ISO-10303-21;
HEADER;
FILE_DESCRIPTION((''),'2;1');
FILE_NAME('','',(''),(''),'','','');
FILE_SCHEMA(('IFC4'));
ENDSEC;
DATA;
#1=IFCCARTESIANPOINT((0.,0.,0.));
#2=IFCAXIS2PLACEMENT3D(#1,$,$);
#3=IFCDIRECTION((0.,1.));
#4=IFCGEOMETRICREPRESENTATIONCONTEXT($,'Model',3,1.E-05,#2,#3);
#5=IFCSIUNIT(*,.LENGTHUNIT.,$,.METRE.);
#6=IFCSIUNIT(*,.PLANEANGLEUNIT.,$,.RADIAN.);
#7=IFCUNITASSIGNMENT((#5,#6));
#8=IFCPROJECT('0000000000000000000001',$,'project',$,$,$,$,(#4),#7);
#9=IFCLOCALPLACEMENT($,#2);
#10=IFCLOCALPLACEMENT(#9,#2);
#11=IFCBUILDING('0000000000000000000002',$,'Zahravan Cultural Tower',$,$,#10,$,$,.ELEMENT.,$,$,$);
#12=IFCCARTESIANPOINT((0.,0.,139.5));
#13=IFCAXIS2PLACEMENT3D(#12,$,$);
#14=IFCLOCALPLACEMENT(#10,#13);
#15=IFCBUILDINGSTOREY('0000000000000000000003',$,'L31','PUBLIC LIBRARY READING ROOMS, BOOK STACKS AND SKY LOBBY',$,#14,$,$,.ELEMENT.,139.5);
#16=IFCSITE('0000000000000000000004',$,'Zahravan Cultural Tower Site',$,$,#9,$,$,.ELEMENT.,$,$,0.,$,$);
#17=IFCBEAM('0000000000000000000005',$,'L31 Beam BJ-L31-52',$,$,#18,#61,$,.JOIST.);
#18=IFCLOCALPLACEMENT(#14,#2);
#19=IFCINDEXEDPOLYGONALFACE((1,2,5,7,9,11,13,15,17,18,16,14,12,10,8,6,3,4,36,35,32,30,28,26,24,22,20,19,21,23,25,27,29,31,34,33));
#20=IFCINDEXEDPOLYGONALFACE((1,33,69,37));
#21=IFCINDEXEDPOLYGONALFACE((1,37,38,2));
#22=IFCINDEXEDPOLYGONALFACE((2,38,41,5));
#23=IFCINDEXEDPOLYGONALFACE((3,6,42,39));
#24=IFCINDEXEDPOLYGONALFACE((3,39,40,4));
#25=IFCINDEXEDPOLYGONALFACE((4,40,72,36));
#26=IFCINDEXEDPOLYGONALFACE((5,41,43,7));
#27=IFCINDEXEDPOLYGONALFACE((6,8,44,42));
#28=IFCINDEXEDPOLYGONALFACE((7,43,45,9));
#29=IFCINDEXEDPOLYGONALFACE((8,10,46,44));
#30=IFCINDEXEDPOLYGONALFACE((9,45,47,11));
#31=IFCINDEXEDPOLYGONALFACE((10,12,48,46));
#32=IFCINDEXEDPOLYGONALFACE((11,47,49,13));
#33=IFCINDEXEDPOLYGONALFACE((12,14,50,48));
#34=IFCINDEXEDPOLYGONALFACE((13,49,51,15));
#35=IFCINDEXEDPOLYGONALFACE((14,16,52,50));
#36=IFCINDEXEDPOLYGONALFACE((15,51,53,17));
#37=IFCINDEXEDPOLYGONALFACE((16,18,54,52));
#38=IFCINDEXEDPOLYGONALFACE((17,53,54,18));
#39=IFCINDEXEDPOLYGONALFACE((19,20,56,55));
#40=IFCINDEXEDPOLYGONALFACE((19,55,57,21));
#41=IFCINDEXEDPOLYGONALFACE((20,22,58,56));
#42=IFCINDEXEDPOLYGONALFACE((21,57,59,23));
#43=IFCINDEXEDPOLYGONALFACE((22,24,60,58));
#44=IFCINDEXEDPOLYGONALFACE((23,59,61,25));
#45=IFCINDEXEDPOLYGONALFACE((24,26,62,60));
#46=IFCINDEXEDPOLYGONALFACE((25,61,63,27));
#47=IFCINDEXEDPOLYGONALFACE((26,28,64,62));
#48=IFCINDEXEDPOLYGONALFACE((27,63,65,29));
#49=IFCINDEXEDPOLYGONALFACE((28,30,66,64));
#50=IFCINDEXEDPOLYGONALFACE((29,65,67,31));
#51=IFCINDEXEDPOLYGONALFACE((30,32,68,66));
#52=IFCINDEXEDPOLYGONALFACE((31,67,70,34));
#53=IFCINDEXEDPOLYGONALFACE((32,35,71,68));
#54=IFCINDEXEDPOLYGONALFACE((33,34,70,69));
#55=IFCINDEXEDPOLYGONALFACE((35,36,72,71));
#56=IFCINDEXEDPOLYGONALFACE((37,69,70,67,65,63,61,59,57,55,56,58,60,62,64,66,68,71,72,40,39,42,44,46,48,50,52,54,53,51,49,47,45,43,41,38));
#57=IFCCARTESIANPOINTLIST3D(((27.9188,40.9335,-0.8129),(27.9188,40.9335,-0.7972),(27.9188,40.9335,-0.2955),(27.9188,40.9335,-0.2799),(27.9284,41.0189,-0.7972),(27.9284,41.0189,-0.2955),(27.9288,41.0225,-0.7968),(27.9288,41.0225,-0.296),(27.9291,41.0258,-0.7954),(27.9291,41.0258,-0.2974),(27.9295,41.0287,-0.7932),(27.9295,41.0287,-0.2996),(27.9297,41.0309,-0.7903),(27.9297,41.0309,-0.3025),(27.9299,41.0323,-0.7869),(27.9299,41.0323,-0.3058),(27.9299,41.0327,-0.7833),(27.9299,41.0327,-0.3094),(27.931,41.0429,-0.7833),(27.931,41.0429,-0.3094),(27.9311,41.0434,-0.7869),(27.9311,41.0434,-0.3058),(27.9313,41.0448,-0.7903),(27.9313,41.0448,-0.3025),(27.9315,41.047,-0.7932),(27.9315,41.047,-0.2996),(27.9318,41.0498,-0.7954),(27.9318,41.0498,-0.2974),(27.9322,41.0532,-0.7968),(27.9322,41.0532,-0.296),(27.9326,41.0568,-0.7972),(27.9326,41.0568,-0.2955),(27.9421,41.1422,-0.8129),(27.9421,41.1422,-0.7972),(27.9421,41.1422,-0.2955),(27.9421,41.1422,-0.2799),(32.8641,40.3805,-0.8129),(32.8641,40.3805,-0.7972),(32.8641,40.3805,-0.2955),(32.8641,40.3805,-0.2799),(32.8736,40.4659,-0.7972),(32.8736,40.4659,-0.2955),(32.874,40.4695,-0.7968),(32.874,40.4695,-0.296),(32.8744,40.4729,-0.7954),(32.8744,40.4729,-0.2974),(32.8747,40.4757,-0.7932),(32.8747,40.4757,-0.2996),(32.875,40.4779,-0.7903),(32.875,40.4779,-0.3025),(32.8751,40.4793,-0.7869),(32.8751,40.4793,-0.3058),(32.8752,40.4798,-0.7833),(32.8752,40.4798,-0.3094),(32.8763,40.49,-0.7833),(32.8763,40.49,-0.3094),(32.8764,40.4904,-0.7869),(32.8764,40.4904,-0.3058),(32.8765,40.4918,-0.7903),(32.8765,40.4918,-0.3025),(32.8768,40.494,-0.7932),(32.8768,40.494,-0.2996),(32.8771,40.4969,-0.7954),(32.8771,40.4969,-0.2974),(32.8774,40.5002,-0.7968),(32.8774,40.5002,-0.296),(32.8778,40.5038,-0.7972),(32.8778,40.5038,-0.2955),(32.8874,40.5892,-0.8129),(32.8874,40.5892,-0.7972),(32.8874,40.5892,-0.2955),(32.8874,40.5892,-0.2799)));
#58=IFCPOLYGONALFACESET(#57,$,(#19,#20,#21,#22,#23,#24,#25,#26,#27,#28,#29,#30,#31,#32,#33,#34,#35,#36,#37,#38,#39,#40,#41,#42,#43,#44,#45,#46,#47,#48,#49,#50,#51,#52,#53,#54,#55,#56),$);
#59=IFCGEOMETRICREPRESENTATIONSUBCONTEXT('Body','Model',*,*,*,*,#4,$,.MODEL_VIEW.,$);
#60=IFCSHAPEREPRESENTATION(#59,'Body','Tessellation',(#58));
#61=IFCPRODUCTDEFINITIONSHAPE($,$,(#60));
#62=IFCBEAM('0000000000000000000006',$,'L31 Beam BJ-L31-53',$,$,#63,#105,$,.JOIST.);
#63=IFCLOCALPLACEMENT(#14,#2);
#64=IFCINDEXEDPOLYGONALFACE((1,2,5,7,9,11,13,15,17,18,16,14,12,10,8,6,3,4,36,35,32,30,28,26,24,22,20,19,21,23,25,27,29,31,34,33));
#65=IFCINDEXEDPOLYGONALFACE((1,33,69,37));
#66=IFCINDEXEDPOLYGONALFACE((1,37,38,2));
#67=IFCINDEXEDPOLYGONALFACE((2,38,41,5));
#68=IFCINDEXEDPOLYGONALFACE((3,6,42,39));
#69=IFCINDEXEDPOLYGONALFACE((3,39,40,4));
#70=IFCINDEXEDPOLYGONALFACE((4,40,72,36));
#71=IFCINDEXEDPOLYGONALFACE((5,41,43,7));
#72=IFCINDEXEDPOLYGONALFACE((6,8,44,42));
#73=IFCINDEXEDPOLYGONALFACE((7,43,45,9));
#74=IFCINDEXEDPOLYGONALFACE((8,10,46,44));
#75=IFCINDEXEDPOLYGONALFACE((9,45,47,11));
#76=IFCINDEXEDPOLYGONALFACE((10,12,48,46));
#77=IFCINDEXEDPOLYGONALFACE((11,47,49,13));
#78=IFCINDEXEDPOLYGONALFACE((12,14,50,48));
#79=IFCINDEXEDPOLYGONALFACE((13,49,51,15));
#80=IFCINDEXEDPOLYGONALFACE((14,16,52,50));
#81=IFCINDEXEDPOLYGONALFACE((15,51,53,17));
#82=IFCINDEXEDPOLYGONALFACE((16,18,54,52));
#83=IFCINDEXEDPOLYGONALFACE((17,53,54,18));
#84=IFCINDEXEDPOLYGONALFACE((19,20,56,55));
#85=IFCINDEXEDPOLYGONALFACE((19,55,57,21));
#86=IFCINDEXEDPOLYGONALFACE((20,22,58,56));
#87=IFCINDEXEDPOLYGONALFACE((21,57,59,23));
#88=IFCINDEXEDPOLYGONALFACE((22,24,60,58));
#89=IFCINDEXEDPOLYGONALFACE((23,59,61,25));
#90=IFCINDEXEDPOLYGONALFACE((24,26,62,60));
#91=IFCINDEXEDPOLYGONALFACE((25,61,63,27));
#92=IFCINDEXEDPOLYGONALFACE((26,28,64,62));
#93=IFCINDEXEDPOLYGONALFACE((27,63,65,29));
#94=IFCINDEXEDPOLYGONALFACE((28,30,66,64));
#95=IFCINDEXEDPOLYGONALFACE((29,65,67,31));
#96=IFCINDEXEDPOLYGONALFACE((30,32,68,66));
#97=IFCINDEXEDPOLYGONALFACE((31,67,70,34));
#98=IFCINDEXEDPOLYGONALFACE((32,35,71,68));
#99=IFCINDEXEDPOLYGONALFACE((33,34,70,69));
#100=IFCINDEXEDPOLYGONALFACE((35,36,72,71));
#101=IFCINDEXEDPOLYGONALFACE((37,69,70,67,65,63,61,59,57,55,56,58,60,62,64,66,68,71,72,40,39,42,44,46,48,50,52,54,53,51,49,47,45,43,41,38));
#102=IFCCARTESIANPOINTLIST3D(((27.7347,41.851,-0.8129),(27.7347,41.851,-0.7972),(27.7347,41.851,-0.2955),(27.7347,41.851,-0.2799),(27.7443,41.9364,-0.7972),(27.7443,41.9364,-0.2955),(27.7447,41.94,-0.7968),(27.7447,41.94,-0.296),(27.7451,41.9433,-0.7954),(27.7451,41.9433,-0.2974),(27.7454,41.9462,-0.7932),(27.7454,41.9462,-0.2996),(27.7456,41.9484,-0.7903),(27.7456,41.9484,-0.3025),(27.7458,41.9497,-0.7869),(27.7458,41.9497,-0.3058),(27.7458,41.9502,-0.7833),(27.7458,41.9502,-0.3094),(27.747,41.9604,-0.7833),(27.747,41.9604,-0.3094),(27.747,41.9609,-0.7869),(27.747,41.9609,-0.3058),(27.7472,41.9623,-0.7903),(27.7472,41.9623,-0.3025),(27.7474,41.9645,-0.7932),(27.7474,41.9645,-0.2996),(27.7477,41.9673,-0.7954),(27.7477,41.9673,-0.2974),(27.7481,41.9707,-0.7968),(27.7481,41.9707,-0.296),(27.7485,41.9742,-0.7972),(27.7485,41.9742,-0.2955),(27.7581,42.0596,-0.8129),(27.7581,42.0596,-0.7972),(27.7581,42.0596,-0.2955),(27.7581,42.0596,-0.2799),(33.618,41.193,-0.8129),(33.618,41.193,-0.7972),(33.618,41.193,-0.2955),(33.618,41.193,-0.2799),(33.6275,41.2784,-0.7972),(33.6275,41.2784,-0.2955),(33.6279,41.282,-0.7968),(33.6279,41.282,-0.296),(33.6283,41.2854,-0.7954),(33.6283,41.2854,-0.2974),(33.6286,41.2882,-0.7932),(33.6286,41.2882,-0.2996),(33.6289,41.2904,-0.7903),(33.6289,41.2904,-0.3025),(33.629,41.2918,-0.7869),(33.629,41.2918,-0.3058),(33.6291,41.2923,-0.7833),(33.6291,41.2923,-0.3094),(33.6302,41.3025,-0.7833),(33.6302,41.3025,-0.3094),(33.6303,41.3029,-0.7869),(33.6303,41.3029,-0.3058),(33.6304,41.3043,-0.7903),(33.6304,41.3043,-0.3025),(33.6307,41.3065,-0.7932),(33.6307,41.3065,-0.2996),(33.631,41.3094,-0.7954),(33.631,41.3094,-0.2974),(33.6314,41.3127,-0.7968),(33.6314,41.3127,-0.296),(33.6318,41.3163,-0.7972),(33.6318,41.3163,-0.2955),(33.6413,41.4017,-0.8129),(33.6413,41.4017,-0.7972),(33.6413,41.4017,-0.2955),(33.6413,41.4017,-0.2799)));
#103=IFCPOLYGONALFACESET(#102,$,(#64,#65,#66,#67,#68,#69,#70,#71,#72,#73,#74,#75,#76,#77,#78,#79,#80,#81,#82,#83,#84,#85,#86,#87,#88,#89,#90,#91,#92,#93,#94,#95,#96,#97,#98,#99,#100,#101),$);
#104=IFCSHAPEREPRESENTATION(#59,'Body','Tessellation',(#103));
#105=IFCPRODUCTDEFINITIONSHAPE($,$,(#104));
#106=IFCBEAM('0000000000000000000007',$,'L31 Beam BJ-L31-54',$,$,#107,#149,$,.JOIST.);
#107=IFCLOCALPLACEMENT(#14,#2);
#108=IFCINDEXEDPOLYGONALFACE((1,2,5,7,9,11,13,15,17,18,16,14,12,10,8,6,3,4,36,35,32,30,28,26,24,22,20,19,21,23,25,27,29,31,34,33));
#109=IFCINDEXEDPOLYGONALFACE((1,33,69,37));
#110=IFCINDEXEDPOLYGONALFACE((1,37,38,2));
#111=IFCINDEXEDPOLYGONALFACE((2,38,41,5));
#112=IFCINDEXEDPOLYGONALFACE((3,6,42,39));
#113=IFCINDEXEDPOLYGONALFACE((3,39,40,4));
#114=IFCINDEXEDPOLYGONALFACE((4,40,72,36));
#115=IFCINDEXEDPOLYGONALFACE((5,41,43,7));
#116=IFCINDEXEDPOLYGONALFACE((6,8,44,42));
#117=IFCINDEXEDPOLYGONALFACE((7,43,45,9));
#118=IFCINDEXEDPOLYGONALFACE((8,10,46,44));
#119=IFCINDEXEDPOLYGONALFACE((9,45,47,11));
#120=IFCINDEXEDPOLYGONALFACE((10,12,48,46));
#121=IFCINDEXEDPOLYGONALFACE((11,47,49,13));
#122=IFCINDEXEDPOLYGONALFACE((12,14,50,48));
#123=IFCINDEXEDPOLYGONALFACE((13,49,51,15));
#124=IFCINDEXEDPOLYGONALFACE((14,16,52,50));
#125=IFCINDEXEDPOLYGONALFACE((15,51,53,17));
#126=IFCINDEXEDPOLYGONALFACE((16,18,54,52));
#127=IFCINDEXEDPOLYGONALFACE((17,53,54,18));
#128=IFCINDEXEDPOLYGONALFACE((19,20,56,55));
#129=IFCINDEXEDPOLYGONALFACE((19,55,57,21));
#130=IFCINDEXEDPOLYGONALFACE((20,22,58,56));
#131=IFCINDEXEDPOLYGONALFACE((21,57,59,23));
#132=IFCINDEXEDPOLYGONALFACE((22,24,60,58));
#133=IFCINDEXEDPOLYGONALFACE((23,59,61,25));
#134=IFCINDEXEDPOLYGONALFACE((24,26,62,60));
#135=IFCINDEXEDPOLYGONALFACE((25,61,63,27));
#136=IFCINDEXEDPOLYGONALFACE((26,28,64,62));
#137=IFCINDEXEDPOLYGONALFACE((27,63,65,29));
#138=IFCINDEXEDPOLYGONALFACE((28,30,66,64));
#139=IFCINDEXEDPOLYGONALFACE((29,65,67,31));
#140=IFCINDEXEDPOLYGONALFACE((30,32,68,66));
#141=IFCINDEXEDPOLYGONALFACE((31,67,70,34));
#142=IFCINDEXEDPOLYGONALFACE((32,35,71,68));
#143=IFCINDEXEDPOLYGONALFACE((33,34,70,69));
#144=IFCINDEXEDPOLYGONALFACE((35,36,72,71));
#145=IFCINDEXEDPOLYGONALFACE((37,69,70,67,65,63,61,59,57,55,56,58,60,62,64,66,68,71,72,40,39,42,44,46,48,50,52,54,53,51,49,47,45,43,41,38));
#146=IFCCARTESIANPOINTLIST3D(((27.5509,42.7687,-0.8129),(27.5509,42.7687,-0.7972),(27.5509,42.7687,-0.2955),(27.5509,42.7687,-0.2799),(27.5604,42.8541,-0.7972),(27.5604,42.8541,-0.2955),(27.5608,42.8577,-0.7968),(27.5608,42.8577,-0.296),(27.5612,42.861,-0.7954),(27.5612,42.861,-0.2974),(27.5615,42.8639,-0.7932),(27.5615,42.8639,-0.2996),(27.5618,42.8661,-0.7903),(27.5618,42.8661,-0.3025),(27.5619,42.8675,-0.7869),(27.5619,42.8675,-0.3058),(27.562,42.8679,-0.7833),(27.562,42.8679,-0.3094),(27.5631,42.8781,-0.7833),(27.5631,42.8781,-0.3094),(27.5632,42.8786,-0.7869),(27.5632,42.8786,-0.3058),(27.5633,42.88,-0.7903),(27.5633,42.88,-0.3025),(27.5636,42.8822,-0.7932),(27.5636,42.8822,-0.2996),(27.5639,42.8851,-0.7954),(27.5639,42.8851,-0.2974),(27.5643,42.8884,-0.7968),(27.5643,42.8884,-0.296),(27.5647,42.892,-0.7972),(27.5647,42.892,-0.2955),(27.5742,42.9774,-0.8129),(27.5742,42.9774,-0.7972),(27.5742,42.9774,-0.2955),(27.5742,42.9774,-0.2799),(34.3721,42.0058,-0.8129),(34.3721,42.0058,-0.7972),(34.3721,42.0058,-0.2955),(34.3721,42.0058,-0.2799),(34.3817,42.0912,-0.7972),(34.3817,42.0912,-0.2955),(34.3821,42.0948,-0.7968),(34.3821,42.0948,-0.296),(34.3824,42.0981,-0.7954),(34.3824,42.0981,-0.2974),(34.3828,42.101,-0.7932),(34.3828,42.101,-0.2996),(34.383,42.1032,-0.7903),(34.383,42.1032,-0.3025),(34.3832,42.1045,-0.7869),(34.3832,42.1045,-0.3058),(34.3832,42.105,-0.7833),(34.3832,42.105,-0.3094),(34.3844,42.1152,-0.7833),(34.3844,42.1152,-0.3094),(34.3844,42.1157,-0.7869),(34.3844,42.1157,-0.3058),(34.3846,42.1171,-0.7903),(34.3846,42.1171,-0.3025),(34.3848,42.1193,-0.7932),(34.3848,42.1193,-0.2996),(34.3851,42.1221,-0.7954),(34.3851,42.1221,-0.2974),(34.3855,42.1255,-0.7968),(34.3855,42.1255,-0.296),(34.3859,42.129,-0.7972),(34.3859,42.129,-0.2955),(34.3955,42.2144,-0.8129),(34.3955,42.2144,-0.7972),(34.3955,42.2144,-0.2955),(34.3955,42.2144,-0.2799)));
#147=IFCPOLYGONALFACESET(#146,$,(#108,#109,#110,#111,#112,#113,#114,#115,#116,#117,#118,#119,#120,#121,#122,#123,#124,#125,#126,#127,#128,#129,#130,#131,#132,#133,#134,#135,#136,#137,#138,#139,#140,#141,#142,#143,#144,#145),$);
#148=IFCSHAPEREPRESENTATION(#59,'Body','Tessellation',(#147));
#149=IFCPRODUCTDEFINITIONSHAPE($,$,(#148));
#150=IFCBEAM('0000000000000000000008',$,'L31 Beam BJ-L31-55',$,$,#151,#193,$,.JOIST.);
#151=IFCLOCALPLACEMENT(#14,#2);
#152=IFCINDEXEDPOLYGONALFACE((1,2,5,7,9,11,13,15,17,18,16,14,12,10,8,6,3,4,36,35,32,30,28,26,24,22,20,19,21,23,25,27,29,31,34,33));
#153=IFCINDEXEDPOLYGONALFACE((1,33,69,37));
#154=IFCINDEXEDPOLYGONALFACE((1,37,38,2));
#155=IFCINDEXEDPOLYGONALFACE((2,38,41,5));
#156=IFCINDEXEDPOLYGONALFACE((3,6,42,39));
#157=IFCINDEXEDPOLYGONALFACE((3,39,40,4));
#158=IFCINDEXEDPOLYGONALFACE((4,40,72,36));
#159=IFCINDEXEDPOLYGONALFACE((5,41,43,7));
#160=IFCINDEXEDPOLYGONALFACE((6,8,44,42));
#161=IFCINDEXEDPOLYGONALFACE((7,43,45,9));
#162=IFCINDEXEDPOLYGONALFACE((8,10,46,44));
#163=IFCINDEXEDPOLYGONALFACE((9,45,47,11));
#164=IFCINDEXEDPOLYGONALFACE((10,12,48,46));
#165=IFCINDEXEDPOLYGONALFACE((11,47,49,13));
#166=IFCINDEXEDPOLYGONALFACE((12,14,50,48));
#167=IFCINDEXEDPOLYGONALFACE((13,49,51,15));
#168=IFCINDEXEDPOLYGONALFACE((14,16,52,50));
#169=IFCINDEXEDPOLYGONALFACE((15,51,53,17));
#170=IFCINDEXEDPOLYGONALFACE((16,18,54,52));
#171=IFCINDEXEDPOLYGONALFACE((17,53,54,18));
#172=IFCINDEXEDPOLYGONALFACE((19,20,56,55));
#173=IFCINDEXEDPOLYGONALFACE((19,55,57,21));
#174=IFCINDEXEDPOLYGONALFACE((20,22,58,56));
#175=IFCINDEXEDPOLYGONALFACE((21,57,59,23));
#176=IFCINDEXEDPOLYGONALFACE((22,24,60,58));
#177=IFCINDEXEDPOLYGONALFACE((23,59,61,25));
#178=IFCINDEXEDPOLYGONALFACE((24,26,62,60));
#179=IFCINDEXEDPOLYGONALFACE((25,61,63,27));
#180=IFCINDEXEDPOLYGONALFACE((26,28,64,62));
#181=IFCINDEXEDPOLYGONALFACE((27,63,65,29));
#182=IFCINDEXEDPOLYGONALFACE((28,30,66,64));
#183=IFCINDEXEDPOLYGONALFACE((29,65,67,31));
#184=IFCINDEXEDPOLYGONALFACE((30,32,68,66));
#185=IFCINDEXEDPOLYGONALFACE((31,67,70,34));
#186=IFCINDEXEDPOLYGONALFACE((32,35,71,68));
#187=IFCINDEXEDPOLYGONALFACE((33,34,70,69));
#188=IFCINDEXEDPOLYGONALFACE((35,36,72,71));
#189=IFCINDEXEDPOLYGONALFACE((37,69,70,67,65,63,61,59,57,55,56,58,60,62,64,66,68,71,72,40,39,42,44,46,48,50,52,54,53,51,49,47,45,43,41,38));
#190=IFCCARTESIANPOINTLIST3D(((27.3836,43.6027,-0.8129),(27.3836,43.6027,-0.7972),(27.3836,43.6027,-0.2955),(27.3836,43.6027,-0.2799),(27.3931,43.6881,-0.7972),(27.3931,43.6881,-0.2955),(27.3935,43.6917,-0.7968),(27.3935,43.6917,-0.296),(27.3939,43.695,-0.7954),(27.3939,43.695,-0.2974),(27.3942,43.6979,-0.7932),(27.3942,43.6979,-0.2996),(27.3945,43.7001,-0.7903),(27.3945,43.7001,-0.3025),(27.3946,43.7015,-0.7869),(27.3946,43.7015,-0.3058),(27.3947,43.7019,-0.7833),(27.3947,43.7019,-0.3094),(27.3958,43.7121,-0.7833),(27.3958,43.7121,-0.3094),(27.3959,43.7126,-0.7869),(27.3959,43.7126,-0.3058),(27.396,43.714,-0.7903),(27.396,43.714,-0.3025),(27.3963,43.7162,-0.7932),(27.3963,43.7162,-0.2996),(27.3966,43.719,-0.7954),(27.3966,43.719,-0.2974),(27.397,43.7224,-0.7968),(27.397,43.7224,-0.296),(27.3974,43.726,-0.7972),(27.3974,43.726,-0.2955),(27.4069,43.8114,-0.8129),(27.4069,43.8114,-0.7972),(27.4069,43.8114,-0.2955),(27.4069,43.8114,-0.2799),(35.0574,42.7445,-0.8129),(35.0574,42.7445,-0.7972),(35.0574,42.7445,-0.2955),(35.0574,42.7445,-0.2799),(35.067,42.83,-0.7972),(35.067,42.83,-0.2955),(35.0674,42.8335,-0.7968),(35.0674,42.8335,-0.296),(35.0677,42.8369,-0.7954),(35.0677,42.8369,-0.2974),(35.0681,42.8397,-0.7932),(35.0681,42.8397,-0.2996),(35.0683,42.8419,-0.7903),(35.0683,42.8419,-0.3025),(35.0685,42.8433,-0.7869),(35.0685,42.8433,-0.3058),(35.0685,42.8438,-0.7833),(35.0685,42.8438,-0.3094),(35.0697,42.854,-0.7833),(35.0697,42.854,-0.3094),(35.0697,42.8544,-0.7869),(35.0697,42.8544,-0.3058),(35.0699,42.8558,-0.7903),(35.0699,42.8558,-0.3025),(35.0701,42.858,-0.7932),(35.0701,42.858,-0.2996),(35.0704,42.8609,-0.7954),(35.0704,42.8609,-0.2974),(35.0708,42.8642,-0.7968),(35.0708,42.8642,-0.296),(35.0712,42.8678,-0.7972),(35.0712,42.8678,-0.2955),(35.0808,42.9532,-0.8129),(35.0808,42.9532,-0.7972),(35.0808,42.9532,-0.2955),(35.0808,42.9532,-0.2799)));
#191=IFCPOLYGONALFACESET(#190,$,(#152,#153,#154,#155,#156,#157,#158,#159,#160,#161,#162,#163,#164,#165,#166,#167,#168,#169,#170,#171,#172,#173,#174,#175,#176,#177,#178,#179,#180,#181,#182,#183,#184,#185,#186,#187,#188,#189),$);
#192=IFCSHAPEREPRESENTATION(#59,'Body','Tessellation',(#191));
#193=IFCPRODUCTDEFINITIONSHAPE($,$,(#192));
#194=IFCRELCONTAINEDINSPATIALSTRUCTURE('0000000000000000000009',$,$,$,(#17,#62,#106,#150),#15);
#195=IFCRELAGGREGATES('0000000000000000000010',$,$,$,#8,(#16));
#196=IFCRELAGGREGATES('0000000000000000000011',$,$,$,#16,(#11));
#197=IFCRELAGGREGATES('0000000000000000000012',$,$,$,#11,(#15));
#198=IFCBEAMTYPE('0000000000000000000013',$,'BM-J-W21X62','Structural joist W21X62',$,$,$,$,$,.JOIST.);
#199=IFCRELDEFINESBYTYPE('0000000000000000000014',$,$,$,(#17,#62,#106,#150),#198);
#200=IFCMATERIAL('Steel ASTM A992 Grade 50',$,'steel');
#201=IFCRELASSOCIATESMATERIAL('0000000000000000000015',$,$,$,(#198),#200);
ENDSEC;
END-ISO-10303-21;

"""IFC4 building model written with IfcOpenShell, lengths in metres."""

from ifc_helpers import new_model, si_unit, direction, frame, origin, origin_2d, place, context, subcontext, project, spatial, i_section, extrude, source, transform, mapped, material, material_profile, profile_set, type_object, element, save


model = new_model("IFC4")

# Units and contexts
model_context = context("Model", 3, precision=1e-05, world=origin(), true_north=direction((0.0, 1.0)))
body_context = subcontext(model_context, "Body", "Model", "MODEL_VIEW")
ifc_project = project(units=[si_unit("LENGTHUNIT", "METRE"), si_unit("PLANEANGLEUNIT", "RADIAN")], contexts=[model_context])

# Site, building, storey
site_placement = place(None, origin())
site = spatial("IfcSite", under=ifc_project, at=site_placement, Name="Zahravan Cultural Tower Site", CompositionType="ELEMENT", RefElevation=0.0)
building_placement = place(site_placement, origin())
building = spatial("IfcBuilding", under=site, at=building_placement, Name="Zahravan Cultural Tower", CompositionType="ELEMENT")
storey_placement = place(building_placement, frame((0.0, 0.0, 139.5)))
storey = spatial("IfcBuildingStorey", under=building, at=storey_placement, Name="L31", Description="PUBLIC LIBRARY READING ROOMS, BOOK STACKS AND SKY LOBBY", CompositionType="ELEMENT", Elevation=139.5)

# Shared definitions
ifc_material_1 = material(Name="Steel ASTM A992 Grade 50", Category="steel")

# Beams
ifc_material_profile_1 = material_profile(ifc_material_1, i_section(OverallWidth=0.21, OverallDepth=0.533, WebThickness=0.0103, FlangeThickness=0.0156, FilletRadius=0.0139, at=origin_2d()), Name="W21X62")
ifc_profile_set_1 = profile_set([ifc_material_profile_1], Name="Steel ASTM A992 Grade 50")
beam_type_1 = type_object("IfcBeamType", Name="BM-J-W21X62", Description="Structural joist W21X62", PredefinedType="JOIST", material=ifc_profile_set_1)
shared_shape_1 = source(origin(), body_context, "Body", "SweptSolid", [
    extrude(i_section(OverallWidth=0.21, OverallDepth=0.533, WebThickness=0.0103, FlangeThickness=0.0156, FilletRadius=0.0139, at=origin_2d()), origin(), (0.0, 0.0, 1.0), 4.9761),
])
beam_1_placement = place(storey_placement, frame((32.8757, 40.4849, -0.5464), z_axis=(-0.993806, 0.111126, 0.0), x_axis=(-0.111126, -0.993806, 0.0)))
element("IfcBeam", 1, at=beam_1_placement, inside=storey, type_object=beam_type_1, Name="L31 Beam BJ-L31-52", PredefinedType="JOIST", context=body_context, shape_type="MappedRepresentation", body=[
    mapped(shared_shape_1, transform((0.0, 0.0, 0.0), x_axis=(1.0, 0.0, 0.0), y_axis=(0.0, 1.0, 0.0), z_axis=(0.0, 0.0, 1.0), scale=1.0)),
])
shared_shape_2 = source(origin(), body_context, "Body", "SweptSolid", [
    extrude(i_section(OverallWidth=0.21, OverallDepth=0.533, WebThickness=0.0103, FlangeThickness=0.0156, FilletRadius=0.0139, at=origin_2d()), origin(), (0.0, 0.0, 1.0), 5.9199),
])
beam_2_placement = place(storey_placement, frame((33.6296, 41.2974, -0.5464), z_axis=(-0.993805, 0.111142, 0.0), x_axis=(-0.111142, -0.993805, 0.0)))
element("IfcBeam", 2, at=beam_2_placement, inside=storey, type_object=beam_type_1, Name="L31 Beam BJ-L31-53", PredefinedType="JOIST", context=body_context, shape_type="MappedRepresentation", body=[
    mapped(shared_shape_2, transform((0.0, 0.0, 0.0), x_axis=(1.0, 0.0, 0.0), y_axis=(0.0, 1.0, 0.0), z_axis=(0.0, 0.0, 1.0), scale=1.0)),
])
shared_shape_3 = source(origin(), body_context, "Body", "SweptSolid", [
    extrude(i_section(OverallWidth=0.21, OverallDepth=0.533, WebThickness=0.0103, FlangeThickness=0.0156, FilletRadius=0.0139, at=origin_2d()), origin(), (0.0, 0.0, 1.0), 6.8638),
])
beam_3_placement = place(storey_placement, frame((34.3838, 42.1101, -0.5464), z_axis=(-0.993803, 0.111154, 0.0), x_axis=(-0.111154, -0.993803, 0.0)))
element("IfcBeam", 3, at=beam_3_placement, inside=storey, type_object=beam_type_1, Name="L31 Beam BJ-L31-54", PredefinedType="JOIST", context=body_context, shape_type="MappedRepresentation", body=[
    mapped(shared_shape_3, transform((0.0, 0.0, 0.0), x_axis=(1.0, 0.0, 0.0), y_axis=(0.0, 1.0, 0.0), z_axis=(0.0, 0.0, 1.0), scale=1.0)),
])
shared_shape_4 = source(origin(), body_context, "Body", "SweptSolid", [
    extrude(i_section(OverallWidth=0.21, OverallDepth=0.533, WebThickness=0.0103, FlangeThickness=0.0156, FilletRadius=0.0139, at=origin_2d()), origin(), (0.0, 0.0, 1.0), 7.7217),
])
beam_4_placement = place(storey_placement, frame((35.0691, 42.8489, -0.5464), z_axis=(-0.993805, 0.111136, 0.0), x_axis=(-0.111136, -0.993805, 0.0)))
element("IfcBeam", 4, at=beam_4_placement, inside=storey, type_object=beam_type_1, Name="L31 Beam BJ-L31-55", PredefinedType="JOIST", context=body_context, shape_type="MappedRepresentation", body=[
    mapped(shared_shape_4, transform((0.0, 0.0, 0.0), x_axis=(1.0, 0.0, 0.0), y_axis=(0.0, 1.0, 0.0), z_axis=(0.0, 0.0, 1.0), scale=1.0)),
])

save(model, "model.ifc")
